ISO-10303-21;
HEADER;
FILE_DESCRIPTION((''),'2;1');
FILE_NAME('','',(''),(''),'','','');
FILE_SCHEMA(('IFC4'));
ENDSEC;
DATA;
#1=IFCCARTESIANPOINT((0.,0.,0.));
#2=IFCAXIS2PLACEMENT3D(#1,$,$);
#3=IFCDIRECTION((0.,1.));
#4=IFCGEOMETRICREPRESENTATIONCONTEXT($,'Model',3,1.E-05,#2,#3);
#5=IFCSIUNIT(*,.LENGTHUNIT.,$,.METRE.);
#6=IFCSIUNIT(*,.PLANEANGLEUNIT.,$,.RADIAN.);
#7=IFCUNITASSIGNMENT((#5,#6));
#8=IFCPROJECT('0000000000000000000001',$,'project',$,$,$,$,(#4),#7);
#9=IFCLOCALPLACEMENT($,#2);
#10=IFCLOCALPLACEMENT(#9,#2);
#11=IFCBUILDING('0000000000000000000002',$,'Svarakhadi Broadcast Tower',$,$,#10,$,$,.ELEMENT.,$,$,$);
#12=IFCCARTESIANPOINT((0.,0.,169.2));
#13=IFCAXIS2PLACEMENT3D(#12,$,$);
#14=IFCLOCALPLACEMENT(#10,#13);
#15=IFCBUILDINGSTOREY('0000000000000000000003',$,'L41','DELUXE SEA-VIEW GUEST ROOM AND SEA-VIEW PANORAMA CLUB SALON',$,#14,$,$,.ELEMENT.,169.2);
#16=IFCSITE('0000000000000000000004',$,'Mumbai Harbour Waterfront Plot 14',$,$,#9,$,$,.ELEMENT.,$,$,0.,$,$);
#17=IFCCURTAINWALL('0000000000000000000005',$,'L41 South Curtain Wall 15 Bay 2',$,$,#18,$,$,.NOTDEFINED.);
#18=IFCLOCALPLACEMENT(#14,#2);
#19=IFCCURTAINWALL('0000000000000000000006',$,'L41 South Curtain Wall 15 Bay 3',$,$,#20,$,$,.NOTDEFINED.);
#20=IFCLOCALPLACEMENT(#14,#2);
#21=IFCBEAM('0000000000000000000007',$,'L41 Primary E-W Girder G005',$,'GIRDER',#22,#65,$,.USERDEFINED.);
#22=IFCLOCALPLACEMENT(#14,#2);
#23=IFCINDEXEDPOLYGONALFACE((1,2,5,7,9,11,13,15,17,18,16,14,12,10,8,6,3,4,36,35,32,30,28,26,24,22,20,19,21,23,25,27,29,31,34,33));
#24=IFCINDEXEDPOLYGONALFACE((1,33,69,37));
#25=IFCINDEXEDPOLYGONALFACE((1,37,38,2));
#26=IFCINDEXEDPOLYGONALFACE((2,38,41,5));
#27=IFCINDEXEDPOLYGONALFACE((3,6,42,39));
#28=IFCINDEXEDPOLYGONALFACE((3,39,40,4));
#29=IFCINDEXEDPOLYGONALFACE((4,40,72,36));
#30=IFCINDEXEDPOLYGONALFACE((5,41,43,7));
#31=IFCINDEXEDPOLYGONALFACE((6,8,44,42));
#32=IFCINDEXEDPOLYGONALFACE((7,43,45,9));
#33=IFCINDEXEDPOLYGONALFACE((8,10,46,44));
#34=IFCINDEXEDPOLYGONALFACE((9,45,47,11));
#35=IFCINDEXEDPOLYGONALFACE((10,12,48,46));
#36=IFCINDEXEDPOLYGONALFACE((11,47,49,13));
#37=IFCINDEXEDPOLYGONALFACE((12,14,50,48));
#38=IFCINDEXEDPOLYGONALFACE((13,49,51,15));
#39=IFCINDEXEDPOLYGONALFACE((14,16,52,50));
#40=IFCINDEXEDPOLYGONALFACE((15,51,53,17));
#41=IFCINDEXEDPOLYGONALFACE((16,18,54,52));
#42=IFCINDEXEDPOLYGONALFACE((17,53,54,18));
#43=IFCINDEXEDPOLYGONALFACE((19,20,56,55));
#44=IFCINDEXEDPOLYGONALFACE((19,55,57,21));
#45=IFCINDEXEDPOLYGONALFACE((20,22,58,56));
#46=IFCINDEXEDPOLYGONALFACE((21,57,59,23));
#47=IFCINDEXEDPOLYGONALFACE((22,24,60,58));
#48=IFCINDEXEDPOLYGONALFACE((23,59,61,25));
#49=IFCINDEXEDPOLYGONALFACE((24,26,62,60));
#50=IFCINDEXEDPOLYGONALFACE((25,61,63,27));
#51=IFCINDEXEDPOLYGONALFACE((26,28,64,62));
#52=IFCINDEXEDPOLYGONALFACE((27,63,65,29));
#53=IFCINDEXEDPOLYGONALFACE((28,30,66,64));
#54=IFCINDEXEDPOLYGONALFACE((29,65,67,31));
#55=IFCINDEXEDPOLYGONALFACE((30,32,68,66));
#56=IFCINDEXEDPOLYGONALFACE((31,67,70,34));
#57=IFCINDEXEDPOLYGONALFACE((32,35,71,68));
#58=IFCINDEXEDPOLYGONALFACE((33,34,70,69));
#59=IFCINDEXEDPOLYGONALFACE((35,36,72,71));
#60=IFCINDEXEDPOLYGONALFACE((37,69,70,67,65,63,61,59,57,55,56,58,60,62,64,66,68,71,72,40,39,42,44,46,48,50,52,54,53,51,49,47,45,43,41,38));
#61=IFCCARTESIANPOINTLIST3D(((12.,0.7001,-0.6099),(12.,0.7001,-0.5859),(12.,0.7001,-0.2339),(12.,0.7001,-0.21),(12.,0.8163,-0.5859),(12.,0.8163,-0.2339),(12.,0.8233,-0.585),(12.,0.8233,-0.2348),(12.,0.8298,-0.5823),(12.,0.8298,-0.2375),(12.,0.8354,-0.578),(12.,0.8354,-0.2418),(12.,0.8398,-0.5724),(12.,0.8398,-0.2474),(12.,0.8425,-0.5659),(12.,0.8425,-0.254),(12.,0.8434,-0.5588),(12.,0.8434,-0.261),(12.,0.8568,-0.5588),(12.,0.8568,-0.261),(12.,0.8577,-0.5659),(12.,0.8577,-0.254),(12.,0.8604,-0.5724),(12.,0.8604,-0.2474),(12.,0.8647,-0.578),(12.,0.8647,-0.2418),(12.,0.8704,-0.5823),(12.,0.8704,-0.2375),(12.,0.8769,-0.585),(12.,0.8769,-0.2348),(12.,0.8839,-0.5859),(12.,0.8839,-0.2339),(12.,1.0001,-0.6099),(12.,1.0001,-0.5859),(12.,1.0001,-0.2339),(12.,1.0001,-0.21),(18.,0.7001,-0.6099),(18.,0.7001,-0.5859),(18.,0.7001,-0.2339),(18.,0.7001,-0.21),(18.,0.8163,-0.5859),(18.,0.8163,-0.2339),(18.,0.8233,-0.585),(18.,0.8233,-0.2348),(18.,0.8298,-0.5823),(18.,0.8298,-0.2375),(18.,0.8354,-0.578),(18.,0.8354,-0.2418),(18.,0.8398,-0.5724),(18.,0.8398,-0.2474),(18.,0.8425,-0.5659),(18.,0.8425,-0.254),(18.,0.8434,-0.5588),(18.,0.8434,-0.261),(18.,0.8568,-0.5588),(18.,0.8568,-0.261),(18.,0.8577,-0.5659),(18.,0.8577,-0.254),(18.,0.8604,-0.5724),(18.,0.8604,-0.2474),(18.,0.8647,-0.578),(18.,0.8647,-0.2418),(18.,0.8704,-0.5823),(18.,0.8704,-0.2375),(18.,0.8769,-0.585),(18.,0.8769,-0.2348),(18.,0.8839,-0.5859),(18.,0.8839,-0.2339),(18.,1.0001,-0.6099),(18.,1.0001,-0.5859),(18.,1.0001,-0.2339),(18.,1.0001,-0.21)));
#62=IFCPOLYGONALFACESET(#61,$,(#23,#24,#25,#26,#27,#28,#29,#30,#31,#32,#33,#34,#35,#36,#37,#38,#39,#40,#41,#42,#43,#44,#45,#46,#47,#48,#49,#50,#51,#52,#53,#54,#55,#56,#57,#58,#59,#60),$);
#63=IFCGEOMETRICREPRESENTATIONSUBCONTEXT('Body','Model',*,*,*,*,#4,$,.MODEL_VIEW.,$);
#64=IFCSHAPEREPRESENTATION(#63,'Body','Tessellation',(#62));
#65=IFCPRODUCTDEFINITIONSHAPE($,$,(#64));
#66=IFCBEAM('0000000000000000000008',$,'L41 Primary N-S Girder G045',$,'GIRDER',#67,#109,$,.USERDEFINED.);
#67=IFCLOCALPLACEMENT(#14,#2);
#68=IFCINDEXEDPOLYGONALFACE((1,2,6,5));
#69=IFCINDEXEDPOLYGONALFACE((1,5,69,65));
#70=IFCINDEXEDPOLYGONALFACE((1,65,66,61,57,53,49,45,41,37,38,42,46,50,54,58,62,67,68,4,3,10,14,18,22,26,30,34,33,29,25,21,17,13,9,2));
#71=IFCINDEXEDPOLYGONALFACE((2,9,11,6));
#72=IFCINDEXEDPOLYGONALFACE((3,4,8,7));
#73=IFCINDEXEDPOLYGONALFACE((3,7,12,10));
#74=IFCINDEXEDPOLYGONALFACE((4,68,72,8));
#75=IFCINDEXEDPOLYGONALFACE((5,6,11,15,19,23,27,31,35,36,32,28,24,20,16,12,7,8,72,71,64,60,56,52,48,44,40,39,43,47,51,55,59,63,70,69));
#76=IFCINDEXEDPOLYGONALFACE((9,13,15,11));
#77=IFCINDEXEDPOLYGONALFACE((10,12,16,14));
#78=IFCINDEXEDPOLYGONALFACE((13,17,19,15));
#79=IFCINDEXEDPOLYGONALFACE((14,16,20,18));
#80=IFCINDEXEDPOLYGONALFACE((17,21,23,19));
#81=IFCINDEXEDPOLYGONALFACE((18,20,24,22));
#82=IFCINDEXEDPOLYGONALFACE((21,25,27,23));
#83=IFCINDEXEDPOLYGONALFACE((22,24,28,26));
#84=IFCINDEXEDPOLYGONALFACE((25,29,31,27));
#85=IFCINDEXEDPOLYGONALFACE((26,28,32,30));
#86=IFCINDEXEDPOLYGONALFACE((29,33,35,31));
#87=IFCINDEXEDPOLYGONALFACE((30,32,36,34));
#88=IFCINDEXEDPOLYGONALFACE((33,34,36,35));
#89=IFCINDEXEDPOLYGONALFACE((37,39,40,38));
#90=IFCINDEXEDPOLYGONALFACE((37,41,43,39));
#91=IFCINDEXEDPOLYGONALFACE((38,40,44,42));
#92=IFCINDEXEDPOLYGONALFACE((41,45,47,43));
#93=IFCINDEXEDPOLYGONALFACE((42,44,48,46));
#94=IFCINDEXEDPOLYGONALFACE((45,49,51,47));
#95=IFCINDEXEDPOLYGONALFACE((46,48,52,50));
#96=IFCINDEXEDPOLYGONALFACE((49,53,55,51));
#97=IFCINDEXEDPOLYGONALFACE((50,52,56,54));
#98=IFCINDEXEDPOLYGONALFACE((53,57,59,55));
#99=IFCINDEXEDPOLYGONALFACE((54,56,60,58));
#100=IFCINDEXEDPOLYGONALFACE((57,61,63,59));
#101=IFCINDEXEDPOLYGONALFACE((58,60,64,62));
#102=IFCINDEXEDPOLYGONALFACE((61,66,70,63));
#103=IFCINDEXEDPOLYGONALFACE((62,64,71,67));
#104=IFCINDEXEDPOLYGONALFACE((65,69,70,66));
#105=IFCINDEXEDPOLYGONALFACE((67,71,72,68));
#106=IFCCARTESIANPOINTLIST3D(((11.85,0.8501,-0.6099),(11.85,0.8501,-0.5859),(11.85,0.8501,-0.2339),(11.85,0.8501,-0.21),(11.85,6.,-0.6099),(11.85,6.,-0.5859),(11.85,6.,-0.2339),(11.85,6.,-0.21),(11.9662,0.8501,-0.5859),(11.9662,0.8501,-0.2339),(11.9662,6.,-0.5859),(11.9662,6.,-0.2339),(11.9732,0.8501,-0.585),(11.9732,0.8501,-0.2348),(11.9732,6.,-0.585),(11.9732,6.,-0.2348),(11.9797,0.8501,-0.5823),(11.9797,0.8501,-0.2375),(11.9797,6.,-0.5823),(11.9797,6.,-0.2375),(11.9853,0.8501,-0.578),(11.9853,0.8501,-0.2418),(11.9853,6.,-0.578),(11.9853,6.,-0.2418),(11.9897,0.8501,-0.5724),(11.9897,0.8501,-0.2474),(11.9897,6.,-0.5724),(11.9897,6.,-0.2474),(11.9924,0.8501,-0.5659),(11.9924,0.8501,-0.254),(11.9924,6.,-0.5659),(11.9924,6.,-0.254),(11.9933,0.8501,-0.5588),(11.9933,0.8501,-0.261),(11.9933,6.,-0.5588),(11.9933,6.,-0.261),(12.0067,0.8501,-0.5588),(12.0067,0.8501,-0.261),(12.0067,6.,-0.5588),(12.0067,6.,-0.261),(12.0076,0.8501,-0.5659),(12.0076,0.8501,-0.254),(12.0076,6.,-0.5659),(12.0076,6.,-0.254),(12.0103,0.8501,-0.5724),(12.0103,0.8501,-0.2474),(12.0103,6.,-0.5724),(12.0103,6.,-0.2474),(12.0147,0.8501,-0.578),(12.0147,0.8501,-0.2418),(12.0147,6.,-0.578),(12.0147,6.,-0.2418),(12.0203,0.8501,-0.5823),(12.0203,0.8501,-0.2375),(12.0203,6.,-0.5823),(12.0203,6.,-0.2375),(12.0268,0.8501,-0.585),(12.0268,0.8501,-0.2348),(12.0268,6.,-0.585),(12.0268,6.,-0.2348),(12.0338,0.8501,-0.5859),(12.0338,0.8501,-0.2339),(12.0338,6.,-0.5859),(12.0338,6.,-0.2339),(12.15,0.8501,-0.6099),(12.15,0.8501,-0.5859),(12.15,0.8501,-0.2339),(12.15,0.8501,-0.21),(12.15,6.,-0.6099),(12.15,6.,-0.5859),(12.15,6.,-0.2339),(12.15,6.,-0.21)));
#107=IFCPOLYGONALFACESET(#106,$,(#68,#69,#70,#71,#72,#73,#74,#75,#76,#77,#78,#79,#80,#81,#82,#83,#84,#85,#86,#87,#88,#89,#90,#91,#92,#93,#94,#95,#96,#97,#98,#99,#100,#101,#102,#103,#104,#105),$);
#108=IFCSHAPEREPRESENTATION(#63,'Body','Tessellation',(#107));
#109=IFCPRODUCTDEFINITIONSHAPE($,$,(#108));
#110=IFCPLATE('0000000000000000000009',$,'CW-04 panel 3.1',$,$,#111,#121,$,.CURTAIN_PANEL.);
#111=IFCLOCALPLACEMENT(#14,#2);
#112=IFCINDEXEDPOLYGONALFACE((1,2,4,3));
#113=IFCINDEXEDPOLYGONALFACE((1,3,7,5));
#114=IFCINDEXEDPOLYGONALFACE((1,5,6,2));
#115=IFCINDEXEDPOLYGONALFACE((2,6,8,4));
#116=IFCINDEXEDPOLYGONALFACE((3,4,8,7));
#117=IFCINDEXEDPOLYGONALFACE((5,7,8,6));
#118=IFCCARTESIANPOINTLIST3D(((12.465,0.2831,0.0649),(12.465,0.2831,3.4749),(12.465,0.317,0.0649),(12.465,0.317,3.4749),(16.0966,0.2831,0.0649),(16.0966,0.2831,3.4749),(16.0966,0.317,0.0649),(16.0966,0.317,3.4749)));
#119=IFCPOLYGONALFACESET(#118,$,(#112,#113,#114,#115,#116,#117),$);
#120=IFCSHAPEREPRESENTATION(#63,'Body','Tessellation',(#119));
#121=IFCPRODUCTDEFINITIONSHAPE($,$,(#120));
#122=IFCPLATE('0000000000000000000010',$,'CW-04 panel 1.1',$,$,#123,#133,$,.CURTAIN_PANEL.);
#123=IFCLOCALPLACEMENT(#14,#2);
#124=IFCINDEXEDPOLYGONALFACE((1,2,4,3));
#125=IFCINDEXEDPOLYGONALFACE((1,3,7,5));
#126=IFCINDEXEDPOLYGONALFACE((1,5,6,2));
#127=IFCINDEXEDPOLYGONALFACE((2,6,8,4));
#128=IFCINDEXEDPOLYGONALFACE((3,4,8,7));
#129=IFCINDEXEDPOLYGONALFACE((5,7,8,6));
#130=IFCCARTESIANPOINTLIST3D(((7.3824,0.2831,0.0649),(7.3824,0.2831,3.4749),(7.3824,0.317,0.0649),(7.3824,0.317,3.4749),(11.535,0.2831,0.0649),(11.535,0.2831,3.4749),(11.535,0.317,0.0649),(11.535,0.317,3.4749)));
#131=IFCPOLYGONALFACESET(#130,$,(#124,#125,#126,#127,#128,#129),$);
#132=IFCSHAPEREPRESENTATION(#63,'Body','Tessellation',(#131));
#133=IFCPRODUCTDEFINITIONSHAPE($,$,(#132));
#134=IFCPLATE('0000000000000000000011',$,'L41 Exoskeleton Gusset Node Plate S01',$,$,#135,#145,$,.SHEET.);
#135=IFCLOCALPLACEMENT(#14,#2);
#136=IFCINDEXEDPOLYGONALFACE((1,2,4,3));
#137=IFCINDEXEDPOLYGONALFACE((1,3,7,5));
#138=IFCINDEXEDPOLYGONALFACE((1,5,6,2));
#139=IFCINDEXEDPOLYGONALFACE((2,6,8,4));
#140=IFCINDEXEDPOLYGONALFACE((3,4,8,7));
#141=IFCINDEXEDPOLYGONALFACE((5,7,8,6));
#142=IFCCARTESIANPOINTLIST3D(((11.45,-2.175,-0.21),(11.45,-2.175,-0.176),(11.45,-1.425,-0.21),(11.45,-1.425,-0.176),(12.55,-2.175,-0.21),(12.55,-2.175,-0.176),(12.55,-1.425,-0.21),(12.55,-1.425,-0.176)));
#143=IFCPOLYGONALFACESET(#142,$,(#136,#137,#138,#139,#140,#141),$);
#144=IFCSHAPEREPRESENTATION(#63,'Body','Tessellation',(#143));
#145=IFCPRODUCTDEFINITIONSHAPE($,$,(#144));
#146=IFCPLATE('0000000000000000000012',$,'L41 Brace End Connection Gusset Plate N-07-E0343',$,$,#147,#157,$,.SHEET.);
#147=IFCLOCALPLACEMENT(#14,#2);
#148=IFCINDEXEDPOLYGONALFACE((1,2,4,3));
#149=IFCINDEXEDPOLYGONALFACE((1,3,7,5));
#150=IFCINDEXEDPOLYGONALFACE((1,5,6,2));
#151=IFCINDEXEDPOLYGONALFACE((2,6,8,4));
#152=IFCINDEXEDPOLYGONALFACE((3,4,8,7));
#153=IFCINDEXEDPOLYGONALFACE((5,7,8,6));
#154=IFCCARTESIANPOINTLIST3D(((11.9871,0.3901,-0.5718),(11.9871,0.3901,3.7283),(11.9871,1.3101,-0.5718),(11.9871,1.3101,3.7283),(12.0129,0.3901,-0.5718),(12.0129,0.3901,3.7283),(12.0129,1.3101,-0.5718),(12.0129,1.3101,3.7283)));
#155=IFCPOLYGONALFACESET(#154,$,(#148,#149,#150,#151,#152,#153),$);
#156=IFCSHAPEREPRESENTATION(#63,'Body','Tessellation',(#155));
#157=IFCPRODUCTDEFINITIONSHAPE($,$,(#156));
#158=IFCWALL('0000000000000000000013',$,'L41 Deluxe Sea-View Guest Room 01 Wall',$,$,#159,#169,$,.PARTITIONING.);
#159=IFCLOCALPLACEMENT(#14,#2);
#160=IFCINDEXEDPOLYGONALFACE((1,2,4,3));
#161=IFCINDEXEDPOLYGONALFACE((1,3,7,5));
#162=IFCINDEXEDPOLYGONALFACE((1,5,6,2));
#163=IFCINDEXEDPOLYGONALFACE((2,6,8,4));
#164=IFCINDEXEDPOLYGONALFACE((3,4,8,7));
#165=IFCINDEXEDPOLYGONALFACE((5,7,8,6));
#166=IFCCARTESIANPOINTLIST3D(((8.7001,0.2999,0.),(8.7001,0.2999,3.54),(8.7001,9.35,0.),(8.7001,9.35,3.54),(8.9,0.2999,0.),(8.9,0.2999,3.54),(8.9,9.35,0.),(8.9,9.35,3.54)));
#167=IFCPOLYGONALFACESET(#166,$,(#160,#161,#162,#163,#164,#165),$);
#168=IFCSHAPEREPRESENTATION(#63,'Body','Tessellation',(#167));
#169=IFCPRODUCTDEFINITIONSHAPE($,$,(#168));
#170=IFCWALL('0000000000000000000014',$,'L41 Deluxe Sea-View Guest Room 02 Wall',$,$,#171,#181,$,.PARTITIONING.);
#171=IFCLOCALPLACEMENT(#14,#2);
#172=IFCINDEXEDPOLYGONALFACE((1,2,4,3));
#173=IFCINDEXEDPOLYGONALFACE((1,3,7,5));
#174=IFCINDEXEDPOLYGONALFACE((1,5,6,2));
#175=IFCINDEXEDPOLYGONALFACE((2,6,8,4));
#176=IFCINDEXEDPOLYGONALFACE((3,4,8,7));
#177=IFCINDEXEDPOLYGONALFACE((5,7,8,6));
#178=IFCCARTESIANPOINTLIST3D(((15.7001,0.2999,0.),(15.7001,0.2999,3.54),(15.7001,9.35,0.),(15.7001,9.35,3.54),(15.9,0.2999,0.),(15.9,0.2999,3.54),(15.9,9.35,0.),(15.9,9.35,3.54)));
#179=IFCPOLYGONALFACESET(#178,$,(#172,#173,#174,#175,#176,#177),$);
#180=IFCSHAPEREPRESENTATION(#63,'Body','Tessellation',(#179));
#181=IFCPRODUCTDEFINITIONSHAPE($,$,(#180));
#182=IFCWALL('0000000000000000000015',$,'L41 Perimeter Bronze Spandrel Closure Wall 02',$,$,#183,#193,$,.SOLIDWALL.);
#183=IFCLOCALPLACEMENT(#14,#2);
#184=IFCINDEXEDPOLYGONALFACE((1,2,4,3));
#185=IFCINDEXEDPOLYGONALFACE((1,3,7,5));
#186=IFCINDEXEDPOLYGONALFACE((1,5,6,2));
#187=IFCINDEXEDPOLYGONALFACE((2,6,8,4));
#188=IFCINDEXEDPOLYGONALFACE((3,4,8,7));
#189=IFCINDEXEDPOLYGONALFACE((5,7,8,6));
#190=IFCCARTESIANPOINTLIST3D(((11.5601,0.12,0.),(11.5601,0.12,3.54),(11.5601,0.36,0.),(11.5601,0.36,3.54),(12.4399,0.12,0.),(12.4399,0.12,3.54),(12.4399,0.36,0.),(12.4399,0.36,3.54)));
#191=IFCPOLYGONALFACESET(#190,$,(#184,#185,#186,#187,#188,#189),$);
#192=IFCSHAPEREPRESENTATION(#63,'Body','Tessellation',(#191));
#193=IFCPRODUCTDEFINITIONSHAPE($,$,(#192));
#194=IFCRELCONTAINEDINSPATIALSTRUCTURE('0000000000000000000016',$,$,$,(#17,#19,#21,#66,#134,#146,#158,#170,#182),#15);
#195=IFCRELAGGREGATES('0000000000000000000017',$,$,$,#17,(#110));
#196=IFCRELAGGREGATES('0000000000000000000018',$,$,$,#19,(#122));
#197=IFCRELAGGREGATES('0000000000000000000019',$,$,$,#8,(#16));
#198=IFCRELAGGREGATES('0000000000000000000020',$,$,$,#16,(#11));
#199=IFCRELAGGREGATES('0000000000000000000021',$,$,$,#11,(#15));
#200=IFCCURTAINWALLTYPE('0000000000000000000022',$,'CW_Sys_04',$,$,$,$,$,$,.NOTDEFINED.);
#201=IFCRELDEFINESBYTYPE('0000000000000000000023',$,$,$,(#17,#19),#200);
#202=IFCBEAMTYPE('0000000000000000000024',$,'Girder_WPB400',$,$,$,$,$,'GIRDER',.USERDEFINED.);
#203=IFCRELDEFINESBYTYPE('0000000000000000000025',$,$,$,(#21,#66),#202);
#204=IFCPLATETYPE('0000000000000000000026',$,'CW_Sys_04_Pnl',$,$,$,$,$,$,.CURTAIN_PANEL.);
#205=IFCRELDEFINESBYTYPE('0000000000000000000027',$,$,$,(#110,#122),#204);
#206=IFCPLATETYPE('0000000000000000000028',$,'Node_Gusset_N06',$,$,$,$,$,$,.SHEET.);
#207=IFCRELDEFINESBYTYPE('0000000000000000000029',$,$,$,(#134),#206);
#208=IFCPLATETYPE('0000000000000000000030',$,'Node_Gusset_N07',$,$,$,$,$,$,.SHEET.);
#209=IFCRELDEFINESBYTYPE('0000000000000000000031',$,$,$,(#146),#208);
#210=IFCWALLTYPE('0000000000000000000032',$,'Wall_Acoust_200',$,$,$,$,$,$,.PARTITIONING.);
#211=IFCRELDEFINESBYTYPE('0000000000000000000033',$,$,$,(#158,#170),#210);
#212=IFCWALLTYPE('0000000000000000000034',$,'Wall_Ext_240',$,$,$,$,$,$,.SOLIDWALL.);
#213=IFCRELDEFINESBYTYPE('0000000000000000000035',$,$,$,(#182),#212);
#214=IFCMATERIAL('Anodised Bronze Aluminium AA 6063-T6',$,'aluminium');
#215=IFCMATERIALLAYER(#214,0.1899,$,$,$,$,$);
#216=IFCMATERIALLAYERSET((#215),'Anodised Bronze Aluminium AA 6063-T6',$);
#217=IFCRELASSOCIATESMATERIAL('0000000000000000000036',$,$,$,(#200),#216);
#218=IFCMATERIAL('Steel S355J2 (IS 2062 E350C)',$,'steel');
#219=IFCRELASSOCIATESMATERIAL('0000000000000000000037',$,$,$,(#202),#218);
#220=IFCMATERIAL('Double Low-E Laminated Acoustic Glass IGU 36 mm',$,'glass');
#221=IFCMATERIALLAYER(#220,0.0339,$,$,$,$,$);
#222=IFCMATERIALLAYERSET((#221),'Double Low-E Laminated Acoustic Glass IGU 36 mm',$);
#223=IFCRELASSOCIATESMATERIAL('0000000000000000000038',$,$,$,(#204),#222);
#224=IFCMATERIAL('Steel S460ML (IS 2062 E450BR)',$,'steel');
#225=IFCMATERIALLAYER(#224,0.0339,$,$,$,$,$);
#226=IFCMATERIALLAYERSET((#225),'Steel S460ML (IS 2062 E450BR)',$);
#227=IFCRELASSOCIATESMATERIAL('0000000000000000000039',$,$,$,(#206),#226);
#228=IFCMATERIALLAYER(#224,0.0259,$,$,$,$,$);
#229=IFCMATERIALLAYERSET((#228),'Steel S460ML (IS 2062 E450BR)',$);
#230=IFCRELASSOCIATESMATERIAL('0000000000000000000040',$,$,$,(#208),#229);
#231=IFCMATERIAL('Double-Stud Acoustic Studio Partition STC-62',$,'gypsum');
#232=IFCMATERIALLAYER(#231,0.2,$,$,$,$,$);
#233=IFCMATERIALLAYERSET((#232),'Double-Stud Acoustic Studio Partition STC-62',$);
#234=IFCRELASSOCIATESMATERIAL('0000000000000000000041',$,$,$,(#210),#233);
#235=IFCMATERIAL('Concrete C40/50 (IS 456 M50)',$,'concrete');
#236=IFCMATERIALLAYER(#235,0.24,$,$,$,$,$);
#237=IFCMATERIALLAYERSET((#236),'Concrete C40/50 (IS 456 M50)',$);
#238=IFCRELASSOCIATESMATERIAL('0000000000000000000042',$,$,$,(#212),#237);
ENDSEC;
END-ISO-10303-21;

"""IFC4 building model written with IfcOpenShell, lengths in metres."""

from ifc_helpers import new_model, si_unit, direction, frame, frame_2d, origin, origin_2d, place, context, subcontext, project, spatial, rectangle, i_section, extrude, material, layer, layer_set, material_profile, profile_set, type_object, element, aggregate, save


model = new_model("IFC4")

# Units and contexts
model_context = context("Model", 3, precision=1e-05, world=origin(), true_north=direction((0.0, 1.0)))
body_context = subcontext(model_context, "Body", "Model", "MODEL_VIEW")
ifc_project = project(units=[si_unit("LENGTHUNIT", "METRE"), si_unit("PLANEANGLEUNIT", "RADIAN")], contexts=[model_context])

# Site, building, storey
site_placement = place(None, origin())
site = spatial("IfcSite", under=ifc_project, at=site_placement, Name="Mumbai Harbour Waterfront Plot 14", CompositionType="ELEMENT", RefElevation=0.0)
building_placement = place(site_placement, origin())
building = spatial("IfcBuilding", under=site, at=building_placement, Name="Svarakhadi Broadcast Tower", CompositionType="ELEMENT")
storey_placement = place(building_placement, frame((0.0, 0.0, 169.2)))
storey = spatial("IfcBuildingStorey", under=building, at=storey_placement, Name="L41", Description="DELUXE SEA-VIEW GUEST ROOM AND SEA-VIEW PANORAMA CLUB SALON", CompositionType="ELEMENT", Elevation=169.2)

# Shared definitions
ifc_material_1 = material(Name="Steel S460ML (IS 2062 E450BR)", Category="steel")

# Shared definitions
ifc_material_2 = material(Name="Steel S355J2 (IS 2062 E350C)", Category="steel")

# Curtain walls
ifc_material_3 = material(Name="Anodised Bronze Aluminium AA 6063-T6", Category="aluminium")
ifc_layer_1 = layer(ifc_material_3, 0.1899)
ifc_layer_set_1 = layer_set([ifc_layer_1], Name="Anodised Bronze Aluminium AA 6063-T6")
curtain_wall_type = type_object("IfcCurtainWallType", Name="CW_Sys_04", PredefinedType="NOTDEFINED", material=ifc_layer_set_1)
curtain_wall_1_placement = place(storey_placement, origin())
curtain_wall_1 = element("IfcCurtainWall", 1, at=curtain_wall_1_placement, inside=storey, type_object=curtain_wall_type, Name="L41 South Curtain Wall 15 Bay 2", PredefinedType="NOTDEFINED")
curtain_wall_2_placement = place(storey_placement, origin())
curtain_wall_2 = element("IfcCurtainWall", 2, at=curtain_wall_2_placement, inside=storey, type_object=curtain_wall_type, Name="L41 South Curtain Wall 15 Bay 3", PredefinedType="NOTDEFINED")

# Beams
ifc_material_profile_1 = material_profile(ifc_material_2, i_section(OverallWidth=0.3, OverallDepth=0.3999, WebThickness=0.0134, FlangeThickness=0.0239, FilletRadius=0.0271, at=origin_2d()), Name="WPB 400x300x155")
ifc_profile_set_1 = profile_set([ifc_material_profile_1], Name="Steel S355J2 (IS 2062 E350C)")
beam_type_1 = type_object("IfcBeamType", Name="Girder_WPB400", ElementType="GIRDER", PredefinedType="USERDEFINED", material=ifc_profile_set_1)
beam_1_placement = place(storey_placement, frame((12.0, 0.8501, -0.4099), z_axis=(1.0, 0.0, 0.0), x_axis=(0.0, 1.0, 0.0)))
element("IfcBeam", 3, at=beam_1_placement, inside=storey, type_object=beam_type_1, Name="L41 Primary E-W Girder G005", ObjectType="GIRDER", PredefinedType="USERDEFINED", context=body_context, shape_type="SweptSolid", body=[
    extrude(i_section(OverallWidth=0.3, OverallDepth=0.3999, WebThickness=0.0134, FlangeThickness=0.0239, FilletRadius=0.0271, at=origin_2d()), origin(), (0.0, 0.0, 1.0), 6.0),
])
beam_2_placement = place(storey_placement, frame((12.0, 0.8501, -0.4099), z_axis=(0.0, 1.0, 0.0), x_axis=(-1.0, 0.0, 0.0)))
element("IfcBeam", 4, at=beam_2_placement, inside=storey, type_object=beam_type_1, Name="L41 Primary N-S Girder G045", ObjectType="GIRDER", PredefinedType="USERDEFINED", context=body_context, shape_type="SweptSolid", body=[
    extrude(i_section(OverallWidth=0.3, OverallDepth=0.3999, WebThickness=0.0134, FlangeThickness=0.0239, FilletRadius=0.0271, at=origin_2d()), origin(), (0.0, 0.0, 1.0), 5.1499),
])

# Plates
ifc_material_4 = material(Name="Double Low-E Laminated Acoustic Glass IGU 36 mm", Category="glass")
ifc_layer_2 = layer(ifc_material_4, 0.0339)
ifc_layer_set_2 = layer_set([ifc_layer_2], Name="Double Low-E Laminated Acoustic Glass IGU 36 mm")
plate_type_1 = type_object("IfcPlateType", Name="CW_Sys_04_Pnl", PredefinedType="CURTAIN_PANEL", material=ifc_layer_set_2)
plate_1_placement = place(storey_placement, frame((14.2808, 0.3, 0.0649), z_axis=(0.0, 0.0, 1.0), x_axis=(-1.0, 0.0, 0.0)))
plate_1 = element("IfcPlate", 5, at=plate_1_placement, type_object=plate_type_1, Name="CW-04 panel 3.1", PredefinedType="CURTAIN_PANEL", context=body_context, shape_type="SweptSolid", body=[
    extrude(rectangle(XDim=3.6316, YDim=0.0339, at=origin_2d()), origin(), (0.0, 0.0, 1.0), 3.4099),
])
aggregate(curtain_wall_1, [plate_1])
plate_2_placement = place(storey_placement, frame((9.4587, 0.3, 0.0649), z_axis=(0.0, 0.0, 1.0), x_axis=(-1.0, 0.0, 0.0)))
plate_2 = element("IfcPlate", 6, at=plate_2_placement, type_object=plate_type_1, Name="CW-04 panel 1.1", PredefinedType="CURTAIN_PANEL", context=body_context, shape_type="SweptSolid", body=[
    extrude(rectangle(XDim=4.1526, YDim=0.0339, at=origin_2d()), origin(), (0.0, 0.0, 1.0), 3.4099),
])
aggregate(curtain_wall_2, [plate_2])

# Plates
ifc_layer_3 = layer(ifc_material_1, 0.0339)
ifc_layer_set_3 = layer_set([ifc_layer_3], Name="Steel S460ML (IS 2062 E450BR)")
plate_type_2 = type_object("IfcPlateType", Name="Node_Gusset_N06", PredefinedType="SHEET", material=ifc_layer_set_3)
plate_3_placement = place(storey_placement, frame((12.0, -1.8, -0.21), z_axis=(0.0, 0.0, 1.0), x_axis=(1.0, 0.0, 0.0)))
element("IfcPlate", 7, at=plate_3_placement, inside=storey, type_object=plate_type_2, Name="L41 Exoskeleton Gusset Node Plate S01", PredefinedType="SHEET", context=body_context, shape_type="SweptSolid", body=[
    extrude(rectangle(XDim=1.1001, YDim=0.75, at=origin_2d()), origin(), (0.0, 0.0, 1.0), 0.0339),
])
ifc_layer_4 = layer(ifc_material_1, 0.0259)
ifc_layer_set_4 = layer_set([ifc_layer_4], Name="Steel S460ML (IS 2062 E450BR)")
plate_type_3 = type_object("IfcPlateType", Name="Node_Gusset_N07", PredefinedType="SHEET", material=ifc_layer_set_4)
plate_4_placement = place(storey_placement, frame((12.0, 0.8501, -0.5718), z_axis=(0.0, 0.0, 1.0), x_axis=(0.0, 1.0, 0.0)))
element("IfcPlate", 8, at=plate_4_placement, inside=storey, type_object=plate_type_3, Name="L41 Brace End Connection Gusset Plate N-07-E0343", PredefinedType="SHEET", context=body_context, shape_type="SweptSolid", body=[
    extrude(rectangle(XDim=0.9199, YDim=0.0259, at=origin_2d()), origin(), (0.0, 0.0, 1.0), 4.3),
])

# Walls
ifc_material_5 = material(Name="Double-Stud Acoustic Studio Partition STC-62", Category="gypsum")
ifc_layer_5 = layer(ifc_material_5, 0.2)
ifc_layer_set_5 = layer_set([ifc_layer_5], Name="Double-Stud Acoustic Studio Partition STC-62")
wall_type_1 = type_object("IfcWallType", Name="Wall_Acoust_200", PredefinedType="PARTITIONING", material=ifc_layer_set_5)
for number, where, z_axis, x_axis, name in (
    (9, (8.8, 0.3, 0.0), (0.0, 0.0, 1.0), (0.0, 1.0, 0.0), "L41 Deluxe Sea-View Guest Room 01 Wall"),
    (10, (15.8, 0.3, 0.0), (0.0, 0.0, 1.0), (0.0, 1.0, 0.0), "L41 Deluxe Sea-View Guest Room 02 Wall"),
):
    element("IfcWall", number, at=place(storey_placement, frame(where, z_axis=z_axis, x_axis=x_axis)), inside=storey, type_object=wall_type_1, Name=name, PredefinedType="PARTITIONING", context=body_context, shape_type="SweptSolid", body=[
        extrude(rectangle(XDim=9.05, YDim=0.2, at=frame_2d((4.5249, 0.0))), origin(), (0.0, 0.0, 1.0), 3.54),
    ])
ifc_material_6 = material(Name="Concrete C40/50 (IS 456 M50)", Category="concrete")
ifc_layer_6 = layer(ifc_material_6, 0.24)
ifc_layer_set_6 = layer_set([ifc_layer_6], Name="Concrete C40/50 (IS 456 M50)")
wall_type_2 = type_object("IfcWallType", Name="Wall_Ext_240", PredefinedType="SOLIDWALL", material=ifc_layer_set_6)
wall_placement = place(storey_placement, frame((12.4399, 0.24, 0.0), z_axis=(0.0, 0.0, 1.0), x_axis=(-1.0, 0.0, 0.0)))
element("IfcWall", 11, at=wall_placement, inside=storey, type_object=wall_type_2, Name="L41 Perimeter Bronze Spandrel Closure Wall 02", PredefinedType="SOLIDWALL", context=body_context, shape_type="SweptSolid", body=[
    extrude(rectangle(XDim=0.8799, YDim=0.24, at=frame_2d((0.4399, 0.0))), origin(), (0.0, 0.0, 1.0), 3.54),
])

save(model, "model.ifc")
